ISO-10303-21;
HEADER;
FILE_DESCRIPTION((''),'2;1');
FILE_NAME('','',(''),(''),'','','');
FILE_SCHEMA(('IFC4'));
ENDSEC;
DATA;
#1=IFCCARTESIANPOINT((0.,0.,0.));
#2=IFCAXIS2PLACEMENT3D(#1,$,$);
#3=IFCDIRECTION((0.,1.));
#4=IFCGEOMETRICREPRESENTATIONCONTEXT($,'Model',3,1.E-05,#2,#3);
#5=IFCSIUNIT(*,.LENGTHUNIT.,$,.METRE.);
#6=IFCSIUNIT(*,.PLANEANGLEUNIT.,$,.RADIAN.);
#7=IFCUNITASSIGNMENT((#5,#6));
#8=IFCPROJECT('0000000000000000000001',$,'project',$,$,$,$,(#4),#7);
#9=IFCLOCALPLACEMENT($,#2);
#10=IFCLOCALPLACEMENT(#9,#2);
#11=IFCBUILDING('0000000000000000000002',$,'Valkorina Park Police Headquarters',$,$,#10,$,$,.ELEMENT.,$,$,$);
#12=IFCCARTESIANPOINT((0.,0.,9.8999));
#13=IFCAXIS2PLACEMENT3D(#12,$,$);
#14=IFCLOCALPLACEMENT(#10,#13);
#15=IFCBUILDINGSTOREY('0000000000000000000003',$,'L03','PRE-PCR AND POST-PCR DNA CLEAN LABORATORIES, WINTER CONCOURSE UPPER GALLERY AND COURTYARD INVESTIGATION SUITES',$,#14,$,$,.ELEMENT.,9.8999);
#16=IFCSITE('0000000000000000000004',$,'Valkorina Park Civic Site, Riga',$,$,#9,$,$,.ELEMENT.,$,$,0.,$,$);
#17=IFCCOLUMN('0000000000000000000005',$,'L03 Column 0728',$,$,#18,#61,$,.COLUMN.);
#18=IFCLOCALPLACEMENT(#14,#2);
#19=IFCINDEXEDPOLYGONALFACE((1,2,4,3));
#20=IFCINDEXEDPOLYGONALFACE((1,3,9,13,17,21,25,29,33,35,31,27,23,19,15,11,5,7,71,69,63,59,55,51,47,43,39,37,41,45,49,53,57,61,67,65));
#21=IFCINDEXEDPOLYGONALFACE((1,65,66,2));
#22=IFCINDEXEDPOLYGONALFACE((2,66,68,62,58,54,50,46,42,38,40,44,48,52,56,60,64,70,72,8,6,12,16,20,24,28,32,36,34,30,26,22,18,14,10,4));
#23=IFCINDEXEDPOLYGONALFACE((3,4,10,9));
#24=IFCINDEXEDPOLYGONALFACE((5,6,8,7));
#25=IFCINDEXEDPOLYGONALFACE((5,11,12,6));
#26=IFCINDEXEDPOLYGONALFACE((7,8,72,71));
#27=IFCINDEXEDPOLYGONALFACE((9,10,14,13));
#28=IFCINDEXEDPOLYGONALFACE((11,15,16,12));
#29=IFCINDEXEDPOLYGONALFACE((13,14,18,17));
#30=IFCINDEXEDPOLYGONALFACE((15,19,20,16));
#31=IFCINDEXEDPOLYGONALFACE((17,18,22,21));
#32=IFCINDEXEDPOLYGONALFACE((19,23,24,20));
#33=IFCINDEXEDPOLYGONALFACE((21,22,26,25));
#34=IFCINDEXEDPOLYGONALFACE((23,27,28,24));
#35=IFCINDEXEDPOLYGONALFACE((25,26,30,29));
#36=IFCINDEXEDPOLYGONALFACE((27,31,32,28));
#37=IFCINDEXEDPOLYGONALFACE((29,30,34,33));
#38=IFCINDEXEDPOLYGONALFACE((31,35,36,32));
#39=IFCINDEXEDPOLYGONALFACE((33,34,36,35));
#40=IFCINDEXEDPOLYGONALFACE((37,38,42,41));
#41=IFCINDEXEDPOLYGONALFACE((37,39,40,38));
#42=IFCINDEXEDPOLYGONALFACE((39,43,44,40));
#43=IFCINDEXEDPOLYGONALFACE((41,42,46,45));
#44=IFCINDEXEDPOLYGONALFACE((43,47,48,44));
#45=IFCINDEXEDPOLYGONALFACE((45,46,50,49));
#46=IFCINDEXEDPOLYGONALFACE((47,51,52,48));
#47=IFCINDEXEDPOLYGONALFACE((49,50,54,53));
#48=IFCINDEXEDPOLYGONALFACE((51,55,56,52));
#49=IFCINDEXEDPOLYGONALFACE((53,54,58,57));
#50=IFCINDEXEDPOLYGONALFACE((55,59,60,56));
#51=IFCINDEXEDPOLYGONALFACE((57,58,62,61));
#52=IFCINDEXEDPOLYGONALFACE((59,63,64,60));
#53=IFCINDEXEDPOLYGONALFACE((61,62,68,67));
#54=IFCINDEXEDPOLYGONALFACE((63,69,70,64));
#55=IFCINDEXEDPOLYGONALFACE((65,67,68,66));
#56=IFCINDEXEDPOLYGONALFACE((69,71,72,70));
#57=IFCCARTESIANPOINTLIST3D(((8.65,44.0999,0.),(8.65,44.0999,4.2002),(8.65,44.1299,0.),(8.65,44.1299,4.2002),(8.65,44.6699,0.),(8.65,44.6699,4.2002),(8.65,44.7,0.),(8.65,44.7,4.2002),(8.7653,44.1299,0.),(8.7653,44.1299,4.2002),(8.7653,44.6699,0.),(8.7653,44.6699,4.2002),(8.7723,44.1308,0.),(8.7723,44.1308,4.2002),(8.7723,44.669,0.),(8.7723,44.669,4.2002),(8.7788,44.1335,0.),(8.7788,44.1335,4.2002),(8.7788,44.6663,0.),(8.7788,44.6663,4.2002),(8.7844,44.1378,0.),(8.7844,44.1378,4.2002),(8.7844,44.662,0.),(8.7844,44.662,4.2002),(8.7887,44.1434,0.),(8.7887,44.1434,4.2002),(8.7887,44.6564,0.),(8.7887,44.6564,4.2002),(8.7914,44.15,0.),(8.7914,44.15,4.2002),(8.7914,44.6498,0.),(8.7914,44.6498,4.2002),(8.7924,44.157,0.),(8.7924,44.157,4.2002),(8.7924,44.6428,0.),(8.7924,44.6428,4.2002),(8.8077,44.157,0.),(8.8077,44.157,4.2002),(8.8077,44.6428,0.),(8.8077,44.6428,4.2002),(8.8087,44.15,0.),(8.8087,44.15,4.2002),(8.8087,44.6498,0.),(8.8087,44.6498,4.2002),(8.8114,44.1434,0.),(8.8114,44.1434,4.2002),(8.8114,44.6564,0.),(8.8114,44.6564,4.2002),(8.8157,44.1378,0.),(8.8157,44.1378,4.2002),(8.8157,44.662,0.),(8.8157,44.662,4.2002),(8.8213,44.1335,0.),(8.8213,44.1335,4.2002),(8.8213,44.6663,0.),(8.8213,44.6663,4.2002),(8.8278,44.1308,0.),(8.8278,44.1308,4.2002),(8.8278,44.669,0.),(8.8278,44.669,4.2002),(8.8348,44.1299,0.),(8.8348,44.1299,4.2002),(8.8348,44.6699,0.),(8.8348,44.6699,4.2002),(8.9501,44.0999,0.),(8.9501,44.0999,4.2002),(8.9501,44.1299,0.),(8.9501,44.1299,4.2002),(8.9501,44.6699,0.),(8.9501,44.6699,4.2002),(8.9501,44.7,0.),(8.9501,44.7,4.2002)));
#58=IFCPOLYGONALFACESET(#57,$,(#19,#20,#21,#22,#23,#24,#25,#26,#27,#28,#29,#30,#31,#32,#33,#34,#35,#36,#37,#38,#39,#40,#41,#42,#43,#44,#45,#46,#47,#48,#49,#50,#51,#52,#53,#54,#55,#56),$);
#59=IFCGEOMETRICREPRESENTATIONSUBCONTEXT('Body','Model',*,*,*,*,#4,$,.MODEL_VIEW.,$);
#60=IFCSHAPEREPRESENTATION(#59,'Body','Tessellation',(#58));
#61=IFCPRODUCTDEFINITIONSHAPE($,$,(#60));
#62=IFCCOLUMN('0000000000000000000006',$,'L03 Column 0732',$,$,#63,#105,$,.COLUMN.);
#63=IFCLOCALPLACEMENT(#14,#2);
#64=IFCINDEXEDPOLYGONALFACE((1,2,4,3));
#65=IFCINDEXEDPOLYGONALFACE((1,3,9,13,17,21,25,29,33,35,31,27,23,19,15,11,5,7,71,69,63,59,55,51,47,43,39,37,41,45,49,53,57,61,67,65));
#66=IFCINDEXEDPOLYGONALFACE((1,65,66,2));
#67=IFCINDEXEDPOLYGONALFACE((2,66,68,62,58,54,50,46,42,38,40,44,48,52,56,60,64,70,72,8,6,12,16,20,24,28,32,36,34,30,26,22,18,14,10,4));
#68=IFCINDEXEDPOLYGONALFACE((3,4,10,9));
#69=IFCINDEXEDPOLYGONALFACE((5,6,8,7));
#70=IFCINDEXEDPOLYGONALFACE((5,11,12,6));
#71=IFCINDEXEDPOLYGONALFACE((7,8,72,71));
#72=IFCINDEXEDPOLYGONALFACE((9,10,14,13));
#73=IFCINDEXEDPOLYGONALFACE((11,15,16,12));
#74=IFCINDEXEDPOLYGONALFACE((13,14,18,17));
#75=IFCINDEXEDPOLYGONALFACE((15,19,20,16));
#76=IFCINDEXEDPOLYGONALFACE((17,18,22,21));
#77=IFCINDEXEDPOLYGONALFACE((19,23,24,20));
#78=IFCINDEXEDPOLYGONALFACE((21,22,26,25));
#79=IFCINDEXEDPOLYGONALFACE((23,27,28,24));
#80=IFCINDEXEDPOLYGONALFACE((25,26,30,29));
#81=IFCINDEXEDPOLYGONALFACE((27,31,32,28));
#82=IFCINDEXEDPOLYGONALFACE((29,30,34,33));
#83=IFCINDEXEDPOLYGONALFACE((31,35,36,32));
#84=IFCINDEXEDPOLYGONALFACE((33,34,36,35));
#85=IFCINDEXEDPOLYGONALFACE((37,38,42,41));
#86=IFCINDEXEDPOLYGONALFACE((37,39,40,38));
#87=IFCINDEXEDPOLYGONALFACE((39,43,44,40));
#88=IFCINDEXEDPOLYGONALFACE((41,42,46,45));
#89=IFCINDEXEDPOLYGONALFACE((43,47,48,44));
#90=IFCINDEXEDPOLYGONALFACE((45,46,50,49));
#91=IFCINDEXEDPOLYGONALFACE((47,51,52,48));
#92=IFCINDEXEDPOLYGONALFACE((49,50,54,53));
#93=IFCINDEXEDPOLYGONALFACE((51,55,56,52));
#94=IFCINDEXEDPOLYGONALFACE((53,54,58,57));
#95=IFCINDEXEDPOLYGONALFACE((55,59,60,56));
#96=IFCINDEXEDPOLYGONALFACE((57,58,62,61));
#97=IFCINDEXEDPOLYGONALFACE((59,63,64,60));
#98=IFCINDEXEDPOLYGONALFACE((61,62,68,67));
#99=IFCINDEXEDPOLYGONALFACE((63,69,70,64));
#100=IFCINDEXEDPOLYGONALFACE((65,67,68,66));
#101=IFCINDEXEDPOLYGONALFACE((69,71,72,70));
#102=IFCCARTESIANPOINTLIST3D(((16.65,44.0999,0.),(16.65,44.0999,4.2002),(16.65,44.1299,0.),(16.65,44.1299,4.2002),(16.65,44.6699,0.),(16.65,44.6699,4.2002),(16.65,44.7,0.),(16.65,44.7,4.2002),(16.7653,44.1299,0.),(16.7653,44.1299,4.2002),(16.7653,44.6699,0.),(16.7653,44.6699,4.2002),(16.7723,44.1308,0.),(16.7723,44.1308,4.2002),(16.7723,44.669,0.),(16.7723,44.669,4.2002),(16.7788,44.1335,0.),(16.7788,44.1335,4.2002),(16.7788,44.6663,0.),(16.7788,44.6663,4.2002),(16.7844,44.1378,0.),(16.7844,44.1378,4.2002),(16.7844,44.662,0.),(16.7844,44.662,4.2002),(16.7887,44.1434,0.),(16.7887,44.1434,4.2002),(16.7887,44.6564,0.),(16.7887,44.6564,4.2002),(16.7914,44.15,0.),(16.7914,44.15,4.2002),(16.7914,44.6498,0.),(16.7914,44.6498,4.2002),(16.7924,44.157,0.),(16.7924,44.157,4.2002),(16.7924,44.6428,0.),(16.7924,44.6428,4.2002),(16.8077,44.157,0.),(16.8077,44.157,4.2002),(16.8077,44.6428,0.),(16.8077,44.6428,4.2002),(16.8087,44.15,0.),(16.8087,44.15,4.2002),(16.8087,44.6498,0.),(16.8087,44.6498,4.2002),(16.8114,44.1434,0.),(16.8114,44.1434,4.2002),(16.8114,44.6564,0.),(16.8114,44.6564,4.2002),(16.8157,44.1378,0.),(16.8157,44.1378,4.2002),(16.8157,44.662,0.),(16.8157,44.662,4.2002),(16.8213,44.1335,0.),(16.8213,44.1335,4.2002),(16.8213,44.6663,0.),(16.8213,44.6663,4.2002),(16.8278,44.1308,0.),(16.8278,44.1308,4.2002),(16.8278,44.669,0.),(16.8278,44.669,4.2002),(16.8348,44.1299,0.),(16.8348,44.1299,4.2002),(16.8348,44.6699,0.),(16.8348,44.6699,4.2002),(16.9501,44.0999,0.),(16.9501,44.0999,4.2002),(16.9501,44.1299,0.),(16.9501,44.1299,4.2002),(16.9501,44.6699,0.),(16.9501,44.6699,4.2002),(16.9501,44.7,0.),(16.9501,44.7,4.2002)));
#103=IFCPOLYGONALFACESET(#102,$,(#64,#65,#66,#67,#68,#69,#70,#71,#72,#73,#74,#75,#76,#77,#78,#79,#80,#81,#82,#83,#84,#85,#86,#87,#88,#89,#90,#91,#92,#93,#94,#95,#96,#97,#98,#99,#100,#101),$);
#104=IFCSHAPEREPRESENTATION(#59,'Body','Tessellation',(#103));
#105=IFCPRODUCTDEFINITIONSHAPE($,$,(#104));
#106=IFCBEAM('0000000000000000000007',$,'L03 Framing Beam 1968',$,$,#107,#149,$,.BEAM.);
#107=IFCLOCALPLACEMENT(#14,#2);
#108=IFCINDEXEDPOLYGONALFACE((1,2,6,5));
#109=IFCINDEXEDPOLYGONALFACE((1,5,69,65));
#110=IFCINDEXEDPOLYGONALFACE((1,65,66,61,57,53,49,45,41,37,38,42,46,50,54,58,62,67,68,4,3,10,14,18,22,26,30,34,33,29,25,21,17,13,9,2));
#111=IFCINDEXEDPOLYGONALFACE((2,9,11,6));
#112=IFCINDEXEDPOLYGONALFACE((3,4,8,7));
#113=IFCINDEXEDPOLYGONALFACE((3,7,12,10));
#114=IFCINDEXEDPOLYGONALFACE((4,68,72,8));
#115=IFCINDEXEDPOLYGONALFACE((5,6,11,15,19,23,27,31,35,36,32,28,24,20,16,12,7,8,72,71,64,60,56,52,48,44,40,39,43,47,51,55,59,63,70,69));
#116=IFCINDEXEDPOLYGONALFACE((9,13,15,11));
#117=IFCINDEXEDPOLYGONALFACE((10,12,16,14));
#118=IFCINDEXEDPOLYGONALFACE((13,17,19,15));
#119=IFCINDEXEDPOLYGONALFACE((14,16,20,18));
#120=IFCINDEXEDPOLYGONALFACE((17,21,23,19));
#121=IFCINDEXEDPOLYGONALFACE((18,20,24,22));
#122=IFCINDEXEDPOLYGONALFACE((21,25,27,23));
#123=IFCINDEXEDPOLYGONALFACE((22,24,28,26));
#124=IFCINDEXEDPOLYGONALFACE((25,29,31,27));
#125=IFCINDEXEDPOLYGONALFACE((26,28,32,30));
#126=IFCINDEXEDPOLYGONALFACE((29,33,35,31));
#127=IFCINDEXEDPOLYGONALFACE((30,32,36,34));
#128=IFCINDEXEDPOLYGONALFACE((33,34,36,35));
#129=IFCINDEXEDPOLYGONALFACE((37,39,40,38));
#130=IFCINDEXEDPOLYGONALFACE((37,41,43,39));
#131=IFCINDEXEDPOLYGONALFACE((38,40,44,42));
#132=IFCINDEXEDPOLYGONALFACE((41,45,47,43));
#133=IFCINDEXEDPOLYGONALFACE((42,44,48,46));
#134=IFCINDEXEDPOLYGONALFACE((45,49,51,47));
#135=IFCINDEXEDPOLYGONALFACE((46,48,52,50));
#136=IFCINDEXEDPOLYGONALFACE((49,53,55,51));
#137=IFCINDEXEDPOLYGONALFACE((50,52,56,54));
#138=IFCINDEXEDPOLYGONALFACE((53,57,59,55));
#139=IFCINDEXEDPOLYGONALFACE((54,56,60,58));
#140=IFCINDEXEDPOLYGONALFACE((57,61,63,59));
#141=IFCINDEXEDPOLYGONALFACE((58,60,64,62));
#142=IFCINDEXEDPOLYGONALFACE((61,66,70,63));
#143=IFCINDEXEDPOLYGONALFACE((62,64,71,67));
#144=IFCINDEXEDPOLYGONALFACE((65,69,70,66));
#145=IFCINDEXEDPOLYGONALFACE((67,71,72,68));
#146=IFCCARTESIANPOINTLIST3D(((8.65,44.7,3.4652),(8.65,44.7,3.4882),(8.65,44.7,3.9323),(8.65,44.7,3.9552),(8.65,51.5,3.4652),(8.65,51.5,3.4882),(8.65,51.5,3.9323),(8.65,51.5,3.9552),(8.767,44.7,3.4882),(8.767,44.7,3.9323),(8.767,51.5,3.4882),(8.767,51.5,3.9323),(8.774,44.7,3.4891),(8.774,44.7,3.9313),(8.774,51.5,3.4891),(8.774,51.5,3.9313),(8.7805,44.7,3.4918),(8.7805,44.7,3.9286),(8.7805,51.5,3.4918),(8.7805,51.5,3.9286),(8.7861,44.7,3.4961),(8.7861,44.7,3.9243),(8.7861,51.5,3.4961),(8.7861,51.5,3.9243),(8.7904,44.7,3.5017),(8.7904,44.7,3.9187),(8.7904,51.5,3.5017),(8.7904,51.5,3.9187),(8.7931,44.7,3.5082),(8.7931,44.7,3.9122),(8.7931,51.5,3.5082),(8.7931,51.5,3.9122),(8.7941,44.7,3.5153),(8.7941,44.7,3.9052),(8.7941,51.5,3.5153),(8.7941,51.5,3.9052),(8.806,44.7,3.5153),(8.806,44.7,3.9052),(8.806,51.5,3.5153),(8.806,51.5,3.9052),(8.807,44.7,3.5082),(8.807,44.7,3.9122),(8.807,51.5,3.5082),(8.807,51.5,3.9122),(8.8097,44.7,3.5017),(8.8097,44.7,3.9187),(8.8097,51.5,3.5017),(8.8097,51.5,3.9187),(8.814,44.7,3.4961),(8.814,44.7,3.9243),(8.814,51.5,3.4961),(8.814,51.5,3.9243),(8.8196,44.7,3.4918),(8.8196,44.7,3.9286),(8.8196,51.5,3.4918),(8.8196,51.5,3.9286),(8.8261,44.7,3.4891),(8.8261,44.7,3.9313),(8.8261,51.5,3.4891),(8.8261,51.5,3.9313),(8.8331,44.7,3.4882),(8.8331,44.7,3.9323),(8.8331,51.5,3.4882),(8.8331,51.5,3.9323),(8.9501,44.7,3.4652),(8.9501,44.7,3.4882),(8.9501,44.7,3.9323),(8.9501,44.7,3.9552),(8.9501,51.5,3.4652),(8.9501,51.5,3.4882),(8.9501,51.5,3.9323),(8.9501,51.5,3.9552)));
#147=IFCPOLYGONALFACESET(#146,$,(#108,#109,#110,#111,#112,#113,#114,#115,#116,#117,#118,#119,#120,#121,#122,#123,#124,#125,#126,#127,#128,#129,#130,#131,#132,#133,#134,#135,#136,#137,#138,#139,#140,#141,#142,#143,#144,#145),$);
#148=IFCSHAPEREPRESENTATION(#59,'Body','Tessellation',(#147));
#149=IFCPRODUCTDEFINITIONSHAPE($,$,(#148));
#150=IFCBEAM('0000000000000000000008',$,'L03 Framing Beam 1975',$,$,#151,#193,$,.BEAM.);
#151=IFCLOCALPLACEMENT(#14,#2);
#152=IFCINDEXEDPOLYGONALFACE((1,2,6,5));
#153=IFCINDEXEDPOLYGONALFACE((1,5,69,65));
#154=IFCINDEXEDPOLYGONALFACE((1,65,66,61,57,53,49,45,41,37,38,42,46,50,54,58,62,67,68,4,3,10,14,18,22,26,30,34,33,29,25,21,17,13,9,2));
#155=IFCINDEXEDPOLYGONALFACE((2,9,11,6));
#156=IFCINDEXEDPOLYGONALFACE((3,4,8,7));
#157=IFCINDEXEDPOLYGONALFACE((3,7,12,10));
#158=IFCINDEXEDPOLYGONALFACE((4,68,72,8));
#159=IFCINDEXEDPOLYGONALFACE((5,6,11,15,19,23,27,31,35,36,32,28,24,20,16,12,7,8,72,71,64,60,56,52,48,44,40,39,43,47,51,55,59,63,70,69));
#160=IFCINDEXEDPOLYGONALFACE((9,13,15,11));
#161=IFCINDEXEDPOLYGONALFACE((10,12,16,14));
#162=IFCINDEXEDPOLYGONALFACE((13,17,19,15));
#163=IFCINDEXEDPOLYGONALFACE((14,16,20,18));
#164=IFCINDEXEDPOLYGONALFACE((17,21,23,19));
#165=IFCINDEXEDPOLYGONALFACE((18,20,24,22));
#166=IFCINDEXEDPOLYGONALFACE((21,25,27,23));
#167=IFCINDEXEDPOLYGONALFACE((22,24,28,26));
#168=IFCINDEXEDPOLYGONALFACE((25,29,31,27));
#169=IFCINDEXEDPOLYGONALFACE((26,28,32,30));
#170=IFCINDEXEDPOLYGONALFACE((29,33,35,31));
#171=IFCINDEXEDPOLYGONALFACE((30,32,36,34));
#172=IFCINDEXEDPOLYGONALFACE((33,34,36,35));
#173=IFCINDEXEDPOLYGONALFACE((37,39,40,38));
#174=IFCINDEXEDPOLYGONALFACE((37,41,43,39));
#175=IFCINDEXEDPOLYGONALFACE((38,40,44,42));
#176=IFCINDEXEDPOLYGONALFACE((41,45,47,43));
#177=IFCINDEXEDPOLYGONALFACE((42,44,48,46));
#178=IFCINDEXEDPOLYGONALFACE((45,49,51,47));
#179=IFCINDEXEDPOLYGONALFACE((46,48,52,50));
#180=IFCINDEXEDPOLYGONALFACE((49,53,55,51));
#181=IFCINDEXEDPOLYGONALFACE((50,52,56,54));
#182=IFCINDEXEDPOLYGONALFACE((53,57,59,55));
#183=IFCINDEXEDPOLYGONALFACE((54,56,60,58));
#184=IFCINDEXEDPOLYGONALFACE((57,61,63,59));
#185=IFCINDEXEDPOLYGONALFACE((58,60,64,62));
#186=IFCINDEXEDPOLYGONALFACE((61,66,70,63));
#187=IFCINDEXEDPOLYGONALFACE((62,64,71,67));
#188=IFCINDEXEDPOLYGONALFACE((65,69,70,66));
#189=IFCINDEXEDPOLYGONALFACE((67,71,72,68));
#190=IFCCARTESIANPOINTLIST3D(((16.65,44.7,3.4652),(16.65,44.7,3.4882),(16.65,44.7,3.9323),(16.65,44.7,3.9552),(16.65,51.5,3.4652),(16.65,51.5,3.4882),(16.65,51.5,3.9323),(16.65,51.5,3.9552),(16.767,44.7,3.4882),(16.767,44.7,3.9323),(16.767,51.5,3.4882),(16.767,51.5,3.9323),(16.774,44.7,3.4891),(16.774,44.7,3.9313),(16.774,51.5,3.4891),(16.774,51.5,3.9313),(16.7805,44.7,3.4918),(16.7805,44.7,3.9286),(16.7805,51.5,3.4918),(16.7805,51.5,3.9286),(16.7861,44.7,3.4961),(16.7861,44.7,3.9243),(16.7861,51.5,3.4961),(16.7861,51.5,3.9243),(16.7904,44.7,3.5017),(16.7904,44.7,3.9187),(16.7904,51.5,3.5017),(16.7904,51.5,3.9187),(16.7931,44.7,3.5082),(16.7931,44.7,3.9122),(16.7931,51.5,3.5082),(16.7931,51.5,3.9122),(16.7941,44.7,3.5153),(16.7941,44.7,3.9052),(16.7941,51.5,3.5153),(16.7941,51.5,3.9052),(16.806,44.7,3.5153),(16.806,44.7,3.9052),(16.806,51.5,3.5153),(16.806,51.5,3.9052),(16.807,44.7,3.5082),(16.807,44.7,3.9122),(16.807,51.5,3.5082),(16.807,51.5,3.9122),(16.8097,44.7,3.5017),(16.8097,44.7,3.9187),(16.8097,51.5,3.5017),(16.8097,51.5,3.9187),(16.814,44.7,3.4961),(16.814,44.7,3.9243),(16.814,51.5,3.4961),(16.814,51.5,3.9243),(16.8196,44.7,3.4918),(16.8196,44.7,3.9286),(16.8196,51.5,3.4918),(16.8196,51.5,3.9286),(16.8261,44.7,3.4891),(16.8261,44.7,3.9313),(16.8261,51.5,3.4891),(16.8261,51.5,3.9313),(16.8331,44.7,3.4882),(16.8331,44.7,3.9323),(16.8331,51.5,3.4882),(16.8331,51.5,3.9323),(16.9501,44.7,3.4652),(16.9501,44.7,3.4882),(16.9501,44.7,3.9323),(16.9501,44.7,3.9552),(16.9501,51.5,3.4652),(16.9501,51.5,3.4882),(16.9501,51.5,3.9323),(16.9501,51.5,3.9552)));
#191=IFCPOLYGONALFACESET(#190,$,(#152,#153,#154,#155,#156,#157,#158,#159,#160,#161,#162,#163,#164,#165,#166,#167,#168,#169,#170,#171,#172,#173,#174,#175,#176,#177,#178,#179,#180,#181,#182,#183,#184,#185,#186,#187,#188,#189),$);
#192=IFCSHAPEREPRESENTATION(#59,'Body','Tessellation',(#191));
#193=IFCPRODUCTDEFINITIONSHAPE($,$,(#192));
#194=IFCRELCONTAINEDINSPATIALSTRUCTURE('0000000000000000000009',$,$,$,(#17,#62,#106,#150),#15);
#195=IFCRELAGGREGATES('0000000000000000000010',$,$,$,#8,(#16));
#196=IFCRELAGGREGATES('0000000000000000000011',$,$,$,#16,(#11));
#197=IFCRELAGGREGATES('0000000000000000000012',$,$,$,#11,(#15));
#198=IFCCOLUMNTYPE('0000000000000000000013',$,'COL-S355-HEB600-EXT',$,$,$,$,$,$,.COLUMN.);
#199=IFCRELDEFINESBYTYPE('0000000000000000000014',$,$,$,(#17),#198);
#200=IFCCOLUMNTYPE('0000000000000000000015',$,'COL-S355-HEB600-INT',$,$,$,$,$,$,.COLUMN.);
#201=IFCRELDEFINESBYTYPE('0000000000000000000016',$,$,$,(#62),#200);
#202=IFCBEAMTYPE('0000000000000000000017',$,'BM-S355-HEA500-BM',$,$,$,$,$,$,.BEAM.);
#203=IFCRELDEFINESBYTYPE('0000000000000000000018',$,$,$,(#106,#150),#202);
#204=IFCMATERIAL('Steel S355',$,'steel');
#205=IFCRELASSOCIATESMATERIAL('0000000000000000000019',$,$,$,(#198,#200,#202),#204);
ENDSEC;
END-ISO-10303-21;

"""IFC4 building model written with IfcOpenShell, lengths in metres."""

from ifc_helpers import new_model, si_unit, direction, frame, origin, origin_2d, place, context, subcontext, project, spatial, i_section, extrude, material, material_profile, profile_set, type_object, element, save


model = new_model("IFC4")

# Units and contexts
model_context = context("Model", 3, precision=1e-05, world=origin(), true_north=direction((0.0, 1.0)))
body_context = subcontext(model_context, "Body", "Model", "MODEL_VIEW")
ifc_project = project(units=[si_unit("LENGTHUNIT", "METRE"), si_unit("PLANEANGLEUNIT", "RADIAN")], contexts=[model_context])

# Site, building, storey
site_placement = place(None, origin())
site = spatial("IfcSite", under=ifc_project, at=site_placement, Name="Valkorina Park Civic Site, Riga", CompositionType="ELEMENT", RefElevation=0.0)
building_placement = place(site_placement, origin())
building = spatial("IfcBuilding", under=site, at=building_placement, Name="Valkorina Park Police Headquarters", CompositionType="ELEMENT")
storey_placement = place(building_placement, frame((0.0, 0.0, 9.8999)))
storey = spatial("IfcBuildingStorey", under=building, at=storey_placement, Name="L03", Description="PRE-PCR AND POST-PCR DNA CLEAN LABORATORIES, WINTER CONCOURSE UPPER GALLERY AND COURTYARD INVESTIGATION SUITES", CompositionType="ELEMENT", Elevation=9.8999)

# Columns
ifc_material_1 = material(Name="Steel S355", Category="steel")
ifc_material_profile_1 = material_profile(ifc_material_1, i_section(OverallWidth=0.3, OverallDepth=0.6001, WebThickness=0.0154, FlangeThickness=0.03, FilletRadius=0.0271, at=origin_2d()), Name="HEB 600")
ifc_profile_set_1 = profile_set([ifc_material_profile_1], Name="Steel S355")
column_type_1 = type_object("IfcColumnType", Name="COL-S355-HEB600-EXT", PredefinedType="COLUMN", material=ifc_profile_set_1)
column_1_placement = place(storey_placement, frame((8.8, 44.3999, 0.0), z_axis=(0.0, 0.0, 1.0), x_axis=(1.0, 0.0, 0.0)))
element("IfcColumn", 1, at=column_1_placement, inside=storey, type_object=column_type_1, Name="L03 Column 0728", PredefinedType="COLUMN", context=body_context, shape_type="SweptSolid", body=[
    extrude(i_section(OverallWidth=0.3, OverallDepth=0.6001, WebThickness=0.0154, FlangeThickness=0.03, FilletRadius=0.0271, at=origin_2d()), origin(), (0.0, 0.0, 1.0), 4.2002),
])
ifc_material_profile_2 = material_profile(ifc_material_1, i_section(OverallWidth=0.3, OverallDepth=0.6001, WebThickness=0.0154, FlangeThickness=0.03, FilletRadius=0.0271, at=origin_2d()), Name="HEB 600")
ifc_profile_set_2 = profile_set([ifc_material_profile_2], Name="Steel S355")
column_type_2 = type_object("IfcColumnType", Name="COL-S355-HEB600-INT", PredefinedType="COLUMN", material=ifc_profile_set_2)
column_2_placement = place(storey_placement, frame((16.8, 44.3999, 0.0), z_axis=(0.0, 0.0, 1.0), x_axis=(1.0, 0.0, 0.0)))
element("IfcColumn", 2, at=column_2_placement, inside=storey, type_object=column_type_2, Name="L03 Column 0732", PredefinedType="COLUMN", context=body_context, shape_type="SweptSolid", body=[
    extrude(i_section(OverallWidth=0.3, OverallDepth=0.6001, WebThickness=0.0154, FlangeThickness=0.03, FilletRadius=0.0271, at=origin_2d()), origin(), (0.0, 0.0, 1.0), 4.2002),
])

# Beams
ifc_material_profile_3 = material_profile(ifc_material_1, i_section(OverallWidth=0.3, OverallDepth=0.49, WebThickness=0.012, FlangeThickness=0.0229, FilletRadius=0.0271, at=origin_2d()), Name="HEA 500")
ifc_profile_set_3 = profile_set([ifc_material_profile_3], Name="Steel S355")
beam_type_1 = type_object("IfcBeamType", Name="BM-S355-HEA500-BM", PredefinedType="BEAM", material=ifc_profile_set_3)
for number, where, z_axis, x_axis, name in (
    (3, (8.8, 44.7, 3.7102), (0.0, 1.0, 0.0), (-1.0, 0.0, 0.0), "L03 Framing Beam 1968"),
    (4, (16.8, 44.7, 3.7102), (0.0, 1.0, 0.0), (-1.0, 0.0, 0.0), "L03 Framing Beam 1975"),
):
    element("IfcBeam", number, at=place(storey_placement, frame(where, z_axis=z_axis, x_axis=x_axis)), inside=storey, type_object=beam_type_1, Name=name, PredefinedType="BEAM", context=body_context, shape_type="SweptSolid", body=[
        extrude(i_section(OverallWidth=0.3, OverallDepth=0.49, WebThickness=0.012, FlangeThickness=0.0229, FilletRadius=0.0271, at=origin_2d()), origin(), (0.0, 0.0, 1.0), 6.8),
    ])

save(model, "model.ifc")
